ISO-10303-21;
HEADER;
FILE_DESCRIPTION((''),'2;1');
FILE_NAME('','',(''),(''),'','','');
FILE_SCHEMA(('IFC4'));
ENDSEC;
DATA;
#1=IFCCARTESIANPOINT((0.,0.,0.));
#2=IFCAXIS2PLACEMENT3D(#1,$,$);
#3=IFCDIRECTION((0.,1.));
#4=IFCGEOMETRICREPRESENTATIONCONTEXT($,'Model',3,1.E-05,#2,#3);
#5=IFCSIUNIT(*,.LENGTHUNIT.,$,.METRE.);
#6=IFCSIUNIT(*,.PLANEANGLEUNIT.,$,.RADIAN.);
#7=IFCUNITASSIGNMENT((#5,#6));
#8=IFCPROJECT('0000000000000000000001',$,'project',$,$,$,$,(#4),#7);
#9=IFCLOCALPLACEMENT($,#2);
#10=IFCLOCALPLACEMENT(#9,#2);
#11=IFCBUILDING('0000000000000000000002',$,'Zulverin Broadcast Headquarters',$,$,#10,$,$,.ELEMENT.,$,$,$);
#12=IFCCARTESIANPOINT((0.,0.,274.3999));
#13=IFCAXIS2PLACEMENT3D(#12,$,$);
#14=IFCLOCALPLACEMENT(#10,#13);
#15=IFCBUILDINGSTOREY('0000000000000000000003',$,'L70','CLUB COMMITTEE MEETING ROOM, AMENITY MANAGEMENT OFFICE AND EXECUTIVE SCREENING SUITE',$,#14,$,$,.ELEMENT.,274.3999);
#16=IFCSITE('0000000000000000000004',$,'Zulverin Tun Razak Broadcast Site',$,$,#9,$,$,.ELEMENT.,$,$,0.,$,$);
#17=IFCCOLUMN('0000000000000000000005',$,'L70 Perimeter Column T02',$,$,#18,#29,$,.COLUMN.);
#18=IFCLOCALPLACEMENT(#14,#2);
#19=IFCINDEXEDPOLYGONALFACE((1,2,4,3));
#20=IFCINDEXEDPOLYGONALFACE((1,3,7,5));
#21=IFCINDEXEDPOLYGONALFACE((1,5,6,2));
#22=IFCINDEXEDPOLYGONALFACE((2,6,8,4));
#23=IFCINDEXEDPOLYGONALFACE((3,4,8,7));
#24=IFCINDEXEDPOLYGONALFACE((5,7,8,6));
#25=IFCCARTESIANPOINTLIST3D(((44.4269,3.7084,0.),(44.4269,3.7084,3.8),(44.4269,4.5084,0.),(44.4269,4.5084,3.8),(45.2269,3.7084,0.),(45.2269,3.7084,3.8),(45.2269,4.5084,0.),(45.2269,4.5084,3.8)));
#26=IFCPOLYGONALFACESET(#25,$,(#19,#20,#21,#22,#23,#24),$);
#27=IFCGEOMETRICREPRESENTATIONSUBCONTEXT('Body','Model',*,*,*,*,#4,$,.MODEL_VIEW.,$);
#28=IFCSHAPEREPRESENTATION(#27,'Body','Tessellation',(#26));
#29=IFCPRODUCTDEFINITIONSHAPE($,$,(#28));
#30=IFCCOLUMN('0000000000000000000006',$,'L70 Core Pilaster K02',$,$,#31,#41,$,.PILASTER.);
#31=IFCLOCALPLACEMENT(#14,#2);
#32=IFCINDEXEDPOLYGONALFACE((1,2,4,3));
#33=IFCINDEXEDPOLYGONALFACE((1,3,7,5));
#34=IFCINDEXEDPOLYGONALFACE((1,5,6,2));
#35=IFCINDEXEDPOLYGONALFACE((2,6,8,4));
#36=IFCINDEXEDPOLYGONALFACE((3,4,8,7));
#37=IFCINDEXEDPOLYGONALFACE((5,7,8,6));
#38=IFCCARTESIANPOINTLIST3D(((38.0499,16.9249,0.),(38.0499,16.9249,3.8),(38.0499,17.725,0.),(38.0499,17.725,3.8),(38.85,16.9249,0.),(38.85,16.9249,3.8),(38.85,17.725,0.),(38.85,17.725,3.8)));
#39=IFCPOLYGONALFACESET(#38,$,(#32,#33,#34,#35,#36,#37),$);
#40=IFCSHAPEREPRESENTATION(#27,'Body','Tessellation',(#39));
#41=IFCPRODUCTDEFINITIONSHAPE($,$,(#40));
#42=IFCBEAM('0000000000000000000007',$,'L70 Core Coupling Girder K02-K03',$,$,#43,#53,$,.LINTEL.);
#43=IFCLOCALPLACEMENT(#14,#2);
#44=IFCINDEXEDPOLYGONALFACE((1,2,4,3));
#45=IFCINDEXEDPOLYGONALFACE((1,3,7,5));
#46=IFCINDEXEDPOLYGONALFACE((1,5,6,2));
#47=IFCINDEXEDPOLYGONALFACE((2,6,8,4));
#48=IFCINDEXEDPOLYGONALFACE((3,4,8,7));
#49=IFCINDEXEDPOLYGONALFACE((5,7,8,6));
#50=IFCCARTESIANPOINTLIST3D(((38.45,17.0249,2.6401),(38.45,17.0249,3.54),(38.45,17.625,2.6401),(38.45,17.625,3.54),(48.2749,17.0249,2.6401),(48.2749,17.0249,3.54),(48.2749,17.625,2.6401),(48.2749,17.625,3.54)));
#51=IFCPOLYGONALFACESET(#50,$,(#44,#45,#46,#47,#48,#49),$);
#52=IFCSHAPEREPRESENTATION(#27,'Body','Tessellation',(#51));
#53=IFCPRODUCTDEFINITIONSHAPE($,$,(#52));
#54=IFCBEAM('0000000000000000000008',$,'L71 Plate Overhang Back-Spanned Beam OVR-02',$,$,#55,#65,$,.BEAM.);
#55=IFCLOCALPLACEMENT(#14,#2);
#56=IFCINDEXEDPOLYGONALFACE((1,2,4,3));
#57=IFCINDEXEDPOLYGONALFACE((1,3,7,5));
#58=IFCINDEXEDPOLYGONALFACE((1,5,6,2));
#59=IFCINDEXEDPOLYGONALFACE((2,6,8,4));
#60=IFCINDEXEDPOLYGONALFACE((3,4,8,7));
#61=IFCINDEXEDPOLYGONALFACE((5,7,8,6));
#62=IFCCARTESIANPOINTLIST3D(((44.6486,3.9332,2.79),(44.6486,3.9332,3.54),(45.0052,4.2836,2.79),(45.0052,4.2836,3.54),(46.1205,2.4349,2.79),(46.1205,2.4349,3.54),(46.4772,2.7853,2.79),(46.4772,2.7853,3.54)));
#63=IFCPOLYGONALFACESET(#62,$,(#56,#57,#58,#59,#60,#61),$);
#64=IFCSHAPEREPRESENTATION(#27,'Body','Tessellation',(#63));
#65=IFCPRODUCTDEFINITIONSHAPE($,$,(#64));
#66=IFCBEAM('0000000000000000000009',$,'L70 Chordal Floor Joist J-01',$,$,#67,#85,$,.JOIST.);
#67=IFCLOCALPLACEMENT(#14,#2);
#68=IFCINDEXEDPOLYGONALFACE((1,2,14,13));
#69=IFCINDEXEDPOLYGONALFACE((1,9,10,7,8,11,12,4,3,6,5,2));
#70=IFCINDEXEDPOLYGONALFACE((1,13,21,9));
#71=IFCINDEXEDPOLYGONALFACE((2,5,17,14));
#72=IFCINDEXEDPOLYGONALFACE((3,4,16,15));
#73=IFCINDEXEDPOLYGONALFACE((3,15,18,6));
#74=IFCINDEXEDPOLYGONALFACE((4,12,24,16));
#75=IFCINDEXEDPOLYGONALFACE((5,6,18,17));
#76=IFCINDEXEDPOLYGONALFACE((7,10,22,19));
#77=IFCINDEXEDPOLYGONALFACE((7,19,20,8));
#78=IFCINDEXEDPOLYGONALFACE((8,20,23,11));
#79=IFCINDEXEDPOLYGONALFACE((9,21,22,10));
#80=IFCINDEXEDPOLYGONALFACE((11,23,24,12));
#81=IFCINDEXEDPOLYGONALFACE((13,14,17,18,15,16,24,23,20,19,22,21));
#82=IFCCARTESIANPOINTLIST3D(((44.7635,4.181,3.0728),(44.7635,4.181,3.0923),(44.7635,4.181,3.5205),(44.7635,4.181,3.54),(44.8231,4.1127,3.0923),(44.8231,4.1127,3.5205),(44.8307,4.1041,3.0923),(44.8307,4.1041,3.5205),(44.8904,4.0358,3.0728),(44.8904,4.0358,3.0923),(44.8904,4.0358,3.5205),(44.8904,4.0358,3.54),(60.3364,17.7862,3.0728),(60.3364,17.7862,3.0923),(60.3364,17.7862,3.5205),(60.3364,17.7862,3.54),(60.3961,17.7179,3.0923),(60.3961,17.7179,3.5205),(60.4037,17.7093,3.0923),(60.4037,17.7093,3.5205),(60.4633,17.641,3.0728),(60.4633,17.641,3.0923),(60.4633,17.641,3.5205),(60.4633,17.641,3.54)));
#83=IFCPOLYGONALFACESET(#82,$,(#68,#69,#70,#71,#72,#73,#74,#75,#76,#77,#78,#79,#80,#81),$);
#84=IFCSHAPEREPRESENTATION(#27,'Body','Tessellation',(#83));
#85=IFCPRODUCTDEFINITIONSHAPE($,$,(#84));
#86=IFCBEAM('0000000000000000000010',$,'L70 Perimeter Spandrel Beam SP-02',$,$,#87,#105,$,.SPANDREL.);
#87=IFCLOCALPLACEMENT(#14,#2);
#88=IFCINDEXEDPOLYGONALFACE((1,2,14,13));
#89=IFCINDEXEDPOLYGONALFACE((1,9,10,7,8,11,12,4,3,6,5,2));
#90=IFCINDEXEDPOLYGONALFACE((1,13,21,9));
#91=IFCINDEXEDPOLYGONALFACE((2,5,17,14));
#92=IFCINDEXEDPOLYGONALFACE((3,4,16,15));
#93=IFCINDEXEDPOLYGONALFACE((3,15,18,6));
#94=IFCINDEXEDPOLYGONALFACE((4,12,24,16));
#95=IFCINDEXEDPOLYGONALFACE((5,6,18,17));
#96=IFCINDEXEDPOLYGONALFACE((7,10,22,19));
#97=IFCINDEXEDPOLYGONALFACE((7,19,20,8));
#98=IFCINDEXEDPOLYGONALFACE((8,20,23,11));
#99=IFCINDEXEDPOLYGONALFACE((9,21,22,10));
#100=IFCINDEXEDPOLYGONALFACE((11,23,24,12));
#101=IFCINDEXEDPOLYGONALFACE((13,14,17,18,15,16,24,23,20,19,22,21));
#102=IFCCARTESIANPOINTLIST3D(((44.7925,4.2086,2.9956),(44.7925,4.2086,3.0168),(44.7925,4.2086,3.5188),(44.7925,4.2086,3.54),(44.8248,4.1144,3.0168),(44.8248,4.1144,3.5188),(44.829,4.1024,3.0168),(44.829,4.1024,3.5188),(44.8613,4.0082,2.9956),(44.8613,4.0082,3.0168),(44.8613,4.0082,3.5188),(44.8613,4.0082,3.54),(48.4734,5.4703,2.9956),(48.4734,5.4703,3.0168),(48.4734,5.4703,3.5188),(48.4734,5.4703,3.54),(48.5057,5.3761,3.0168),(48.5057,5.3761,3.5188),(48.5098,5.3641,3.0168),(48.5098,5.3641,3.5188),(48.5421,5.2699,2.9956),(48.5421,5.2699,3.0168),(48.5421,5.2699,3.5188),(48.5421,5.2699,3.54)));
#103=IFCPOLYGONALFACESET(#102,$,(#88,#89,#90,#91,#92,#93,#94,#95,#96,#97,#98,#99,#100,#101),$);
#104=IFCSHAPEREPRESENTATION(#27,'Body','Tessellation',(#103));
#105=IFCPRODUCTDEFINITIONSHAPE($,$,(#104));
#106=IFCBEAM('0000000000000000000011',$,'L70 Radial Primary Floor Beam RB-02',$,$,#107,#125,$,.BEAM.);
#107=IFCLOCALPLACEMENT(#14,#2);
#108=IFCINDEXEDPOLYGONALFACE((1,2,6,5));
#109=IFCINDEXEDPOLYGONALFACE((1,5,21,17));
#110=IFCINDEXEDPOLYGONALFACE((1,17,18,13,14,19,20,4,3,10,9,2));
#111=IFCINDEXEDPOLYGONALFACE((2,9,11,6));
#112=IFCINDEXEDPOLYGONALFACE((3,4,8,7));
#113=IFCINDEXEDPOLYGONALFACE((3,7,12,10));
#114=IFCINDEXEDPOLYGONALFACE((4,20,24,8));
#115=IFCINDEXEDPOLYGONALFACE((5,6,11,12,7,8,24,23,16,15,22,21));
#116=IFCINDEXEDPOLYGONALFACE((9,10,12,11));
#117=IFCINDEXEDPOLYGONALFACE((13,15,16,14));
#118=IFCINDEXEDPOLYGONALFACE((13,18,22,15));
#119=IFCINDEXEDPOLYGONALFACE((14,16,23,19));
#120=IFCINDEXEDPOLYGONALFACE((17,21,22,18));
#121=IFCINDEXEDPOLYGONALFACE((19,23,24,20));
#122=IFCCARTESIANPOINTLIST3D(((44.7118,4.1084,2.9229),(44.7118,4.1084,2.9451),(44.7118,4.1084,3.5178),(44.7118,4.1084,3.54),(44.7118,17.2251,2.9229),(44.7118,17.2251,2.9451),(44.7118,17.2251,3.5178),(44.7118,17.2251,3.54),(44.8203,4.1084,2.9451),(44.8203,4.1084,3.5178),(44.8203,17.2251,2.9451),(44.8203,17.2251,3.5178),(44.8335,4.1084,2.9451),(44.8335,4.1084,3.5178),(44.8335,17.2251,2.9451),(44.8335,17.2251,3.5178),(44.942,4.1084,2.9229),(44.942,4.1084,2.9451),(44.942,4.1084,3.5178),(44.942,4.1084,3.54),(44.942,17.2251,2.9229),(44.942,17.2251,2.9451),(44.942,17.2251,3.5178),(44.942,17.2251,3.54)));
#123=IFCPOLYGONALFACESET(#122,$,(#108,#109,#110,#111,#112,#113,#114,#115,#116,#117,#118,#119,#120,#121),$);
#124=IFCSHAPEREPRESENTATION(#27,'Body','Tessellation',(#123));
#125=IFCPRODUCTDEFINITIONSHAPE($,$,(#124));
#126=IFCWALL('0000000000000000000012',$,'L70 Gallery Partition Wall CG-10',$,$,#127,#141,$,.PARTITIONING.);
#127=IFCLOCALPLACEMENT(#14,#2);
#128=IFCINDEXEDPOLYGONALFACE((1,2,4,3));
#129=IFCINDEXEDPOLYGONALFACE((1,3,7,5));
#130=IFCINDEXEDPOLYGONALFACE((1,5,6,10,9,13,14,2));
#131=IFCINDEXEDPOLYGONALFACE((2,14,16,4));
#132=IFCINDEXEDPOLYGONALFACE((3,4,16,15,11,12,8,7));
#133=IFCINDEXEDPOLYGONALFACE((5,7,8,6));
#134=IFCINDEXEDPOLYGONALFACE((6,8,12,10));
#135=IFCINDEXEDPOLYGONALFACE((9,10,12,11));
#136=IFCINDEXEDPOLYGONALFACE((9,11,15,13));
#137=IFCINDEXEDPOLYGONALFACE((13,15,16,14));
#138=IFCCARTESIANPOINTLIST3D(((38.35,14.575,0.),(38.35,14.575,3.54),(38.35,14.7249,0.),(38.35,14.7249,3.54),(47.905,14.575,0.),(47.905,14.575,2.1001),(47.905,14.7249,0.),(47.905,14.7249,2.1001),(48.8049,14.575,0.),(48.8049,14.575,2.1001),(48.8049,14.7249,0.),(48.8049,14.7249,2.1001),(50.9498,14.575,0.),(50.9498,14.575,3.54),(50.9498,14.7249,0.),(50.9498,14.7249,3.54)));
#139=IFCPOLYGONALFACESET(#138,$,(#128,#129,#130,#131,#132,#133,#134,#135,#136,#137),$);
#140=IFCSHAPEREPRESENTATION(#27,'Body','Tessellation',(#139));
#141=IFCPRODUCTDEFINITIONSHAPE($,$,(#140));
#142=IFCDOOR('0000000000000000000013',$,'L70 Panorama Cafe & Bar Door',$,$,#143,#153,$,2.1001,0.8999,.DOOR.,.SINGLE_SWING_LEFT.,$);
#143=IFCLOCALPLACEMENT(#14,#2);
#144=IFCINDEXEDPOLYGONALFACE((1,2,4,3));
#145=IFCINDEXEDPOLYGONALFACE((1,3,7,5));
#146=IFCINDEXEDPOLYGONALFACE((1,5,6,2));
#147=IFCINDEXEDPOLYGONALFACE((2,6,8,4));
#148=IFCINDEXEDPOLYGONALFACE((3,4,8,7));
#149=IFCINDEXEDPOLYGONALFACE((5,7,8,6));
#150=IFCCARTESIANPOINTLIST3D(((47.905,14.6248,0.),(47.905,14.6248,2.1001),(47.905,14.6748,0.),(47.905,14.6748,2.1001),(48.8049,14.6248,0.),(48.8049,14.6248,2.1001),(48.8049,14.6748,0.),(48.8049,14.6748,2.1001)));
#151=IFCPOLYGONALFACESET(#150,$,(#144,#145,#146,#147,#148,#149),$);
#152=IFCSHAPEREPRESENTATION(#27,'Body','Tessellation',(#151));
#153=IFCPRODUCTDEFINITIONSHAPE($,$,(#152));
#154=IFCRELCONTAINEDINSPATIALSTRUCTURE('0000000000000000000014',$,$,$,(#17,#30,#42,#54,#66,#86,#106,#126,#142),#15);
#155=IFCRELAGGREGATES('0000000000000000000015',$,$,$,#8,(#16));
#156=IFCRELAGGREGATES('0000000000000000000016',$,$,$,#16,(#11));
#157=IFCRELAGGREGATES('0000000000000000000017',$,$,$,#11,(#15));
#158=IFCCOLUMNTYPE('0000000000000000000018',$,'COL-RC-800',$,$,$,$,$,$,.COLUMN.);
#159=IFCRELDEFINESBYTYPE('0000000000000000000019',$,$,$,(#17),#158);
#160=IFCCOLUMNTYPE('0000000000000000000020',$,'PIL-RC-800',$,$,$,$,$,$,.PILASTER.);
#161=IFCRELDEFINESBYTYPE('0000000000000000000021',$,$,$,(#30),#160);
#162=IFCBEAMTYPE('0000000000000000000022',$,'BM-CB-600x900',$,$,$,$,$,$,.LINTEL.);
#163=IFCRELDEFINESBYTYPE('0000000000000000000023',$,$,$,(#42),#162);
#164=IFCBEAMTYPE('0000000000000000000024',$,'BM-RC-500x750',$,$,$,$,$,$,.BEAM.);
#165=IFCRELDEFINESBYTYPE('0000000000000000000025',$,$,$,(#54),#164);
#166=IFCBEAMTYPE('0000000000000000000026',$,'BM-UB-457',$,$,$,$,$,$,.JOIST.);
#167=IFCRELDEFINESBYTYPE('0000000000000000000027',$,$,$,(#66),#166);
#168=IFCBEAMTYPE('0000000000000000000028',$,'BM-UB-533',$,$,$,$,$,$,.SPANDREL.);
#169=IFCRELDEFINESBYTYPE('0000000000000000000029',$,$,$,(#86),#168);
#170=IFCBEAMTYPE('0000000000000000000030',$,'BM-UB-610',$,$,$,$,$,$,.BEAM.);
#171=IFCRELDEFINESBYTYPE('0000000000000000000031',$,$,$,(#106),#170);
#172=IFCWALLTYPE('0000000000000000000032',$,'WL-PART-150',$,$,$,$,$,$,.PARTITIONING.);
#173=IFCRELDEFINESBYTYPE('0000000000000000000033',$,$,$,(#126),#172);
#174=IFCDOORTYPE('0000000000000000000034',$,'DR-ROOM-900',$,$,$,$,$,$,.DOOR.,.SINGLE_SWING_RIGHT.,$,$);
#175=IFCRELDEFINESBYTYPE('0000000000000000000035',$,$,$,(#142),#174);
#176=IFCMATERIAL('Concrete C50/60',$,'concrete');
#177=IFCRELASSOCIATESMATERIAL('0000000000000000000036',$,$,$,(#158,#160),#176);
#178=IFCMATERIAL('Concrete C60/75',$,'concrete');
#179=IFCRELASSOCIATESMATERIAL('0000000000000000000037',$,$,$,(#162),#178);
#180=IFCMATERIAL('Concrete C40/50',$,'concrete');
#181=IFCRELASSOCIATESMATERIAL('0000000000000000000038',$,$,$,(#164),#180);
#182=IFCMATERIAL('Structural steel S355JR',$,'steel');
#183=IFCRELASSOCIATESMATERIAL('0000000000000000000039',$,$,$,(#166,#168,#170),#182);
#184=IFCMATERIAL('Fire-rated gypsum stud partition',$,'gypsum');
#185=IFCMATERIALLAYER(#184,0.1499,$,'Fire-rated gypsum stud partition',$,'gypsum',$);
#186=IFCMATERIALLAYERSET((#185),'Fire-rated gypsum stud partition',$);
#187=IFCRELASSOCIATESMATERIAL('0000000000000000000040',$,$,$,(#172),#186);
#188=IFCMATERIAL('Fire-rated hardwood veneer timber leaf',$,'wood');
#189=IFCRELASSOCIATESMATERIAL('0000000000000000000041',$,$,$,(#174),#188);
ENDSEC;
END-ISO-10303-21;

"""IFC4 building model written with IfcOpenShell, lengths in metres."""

from ifc_helpers import new_model, si_unit, direction, frame, frame_2d, origin, origin_2d, place, context, subcontext, project, spatial, rectangle, i_section, extrude, material, layer, layer_set, material_profile, profile_set, type_object, element, fill, save


model = new_model("IFC4")

# Units and contexts
model_context = context("Model", 3, precision=1e-05, world=origin(), true_north=direction((0.0, 1.0)))
body_context = subcontext(model_context, "Body", "Model", "MODEL_VIEW")
ifc_project = project(units=[si_unit("LENGTHUNIT", "METRE"), si_unit("PLANEANGLEUNIT", "RADIAN")], contexts=[model_context])

# Site, building, storey
site_placement = place(None, origin())
site = spatial("IfcSite", under=ifc_project, at=site_placement, Name="Zulverin Tun Razak Broadcast Site", CompositionType="ELEMENT", RefElevation=0.0)
building_placement = place(site_placement, origin())
building = spatial("IfcBuilding", under=site, at=building_placement, Name="Zulverin Broadcast Headquarters", CompositionType="ELEMENT")
storey_placement = place(building_placement, frame((0.0, 0.0, 274.3999)))
storey = spatial("IfcBuildingStorey", under=building, at=storey_placement, Name="L70", Description="CLUB COMMITTEE MEETING ROOM, AMENITY MANAGEMENT OFFICE AND EXECUTIVE SCREENING SUITE", CompositionType="ELEMENT", Elevation=274.3999)

# Columns
ifc_material_1 = material(Name="Concrete C50/60", Category="concrete")
ifc_material_profile_1 = material_profile(ifc_material_1, rectangle(XDim=0.8, YDim=0.8, at=origin_2d()), Name="Concrete C50/60", Category="concrete")
ifc_profile_set_1 = profile_set([ifc_material_profile_1], Name="Concrete C50/60")
column_type_1 = type_object("IfcColumnType", Name="COL-RC-800", PredefinedType="COLUMN", material=ifc_profile_set_1)
column_1_placement = place(storey_placement, frame((44.8269, 4.1084, 0.0), z_axis=(0.0, 0.0, 1.0), x_axis=(1.0, 0.0, 0.0)))
element("IfcColumn", 1, at=column_1_placement, inside=storey, type_object=column_type_1, Name="L70 Perimeter Column T02", PredefinedType="COLUMN", context=body_context, shape_type="SweptSolid", body=[
    extrude(rectangle(XDim=0.8, YDim=0.8, at=origin_2d()), origin(), (0.0, 0.0, 1.0), 3.8),
])
ifc_material_profile_2 = material_profile(ifc_material_1, rectangle(XDim=0.8, YDim=0.8, at=origin_2d()), Name="Concrete C50/60", Category="concrete")
ifc_profile_set_2 = profile_set([ifc_material_profile_2], Name="Concrete C50/60")
column_type_2 = type_object("IfcColumnType", Name="PIL-RC-800", PredefinedType="PILASTER", material=ifc_profile_set_2)
column_2_placement = place(storey_placement, frame((38.45, 17.325, 0.0), z_axis=(0.0, 0.0, 1.0), x_axis=(1.0, 0.0, 0.0)))
element("IfcColumn", 2, at=column_2_placement, inside=storey, type_object=column_type_2, Name="L70 Core Pilaster K02", PredefinedType="PILASTER", context=body_context, shape_type="SweptSolid", body=[
    extrude(rectangle(XDim=0.8, YDim=0.8, at=origin_2d()), origin(), (0.0, 0.0, 1.0), 3.8),
])

# Beams
ifc_material_2 = material(Name="Concrete C60/75", Category="concrete")
ifc_material_profile_3 = material_profile(ifc_material_2, rectangle(XDim=0.6001, YDim=0.8999, at=origin_2d()), Name="Concrete C60/75", Category="concrete")
ifc_profile_set_3 = profile_set([ifc_material_profile_3], Name="Concrete C60/75")
beam_type_1 = type_object("IfcBeamType", Name="BM-CB-600x900", PredefinedType="LINTEL", material=ifc_profile_set_3)
beam_1_placement = place(storey_placement, frame((38.45, 17.325, 3.0901), z_axis=(1.0, 0.0, 0.0), x_axis=(0.0, 1.0, 0.0)))
element("IfcBeam", 3, at=beam_1_placement, inside=storey, type_object=beam_type_1, Name="L70 Core Coupling Girder K02-K03", PredefinedType="LINTEL", context=body_context, shape_type="SweptSolid", body=[
    extrude(rectangle(XDim=0.6001, YDim=0.8999, at=origin_2d()), origin(), (0.0, 0.0, 1.0), 9.825),
])
ifc_material_3 = material(Name="Concrete C40/50", Category="concrete")
ifc_material_profile_4 = material_profile(ifc_material_3, rectangle(XDim=0.5, YDim=0.75, at=origin_2d()), Name="Concrete C40/50", Category="concrete")
ifc_profile_set_4 = profile_set([ifc_material_profile_4], Name="Concrete C40/50")
beam_type_2 = type_object("IfcBeamType", Name="BM-RC-500x750", PredefinedType="BEAM", material=ifc_profile_set_4)
beam_2_placement = place(storey_placement, frame((44.8269, 4.1084, 3.165), z_axis=(0.700802, -0.713356, 0.0), x_axis=(0.713356, 0.700802, 0.0)))
element("IfcBeam", 4, at=beam_2_placement, inside=storey, type_object=beam_type_2, Name="L71 Plate Overhang Back-Spanned Beam OVR-02", PredefinedType="BEAM", context=body_context, shape_type="SweptSolid", body=[
    extrude(rectangle(XDim=0.5, YDim=0.75, at=origin_2d()), origin(), (0.0, 0.0, 1.0), 2.1003),
])
ifc_material_4 = material(Name="Structural steel S355JR", Category="steel")
ifc_material_profile_5 = material_profile(ifc_material_4, i_section(OverallWidth=0.1929, OverallDepth=0.4673, WebThickness=0.0115, FlangeThickness=0.0195, at=origin_2d()), Name="Structural steel S355JR", Category="steel")
ifc_profile_set_5 = profile_set([ifc_material_profile_5], Name="Structural steel S355JR")
beam_type_3 = type_object("IfcBeamType", Name="BM-UB-457", PredefinedType="JOIST", material=ifc_profile_set_5)
beam_3_placement = place(storey_placement, frame((44.8269, 4.1084, 3.3064), z_axis=(0.753083, 0.657925, 0.0), x_axis=(-0.657925, 0.753083, 0.0)))
element("IfcBeam", 5, at=beam_3_placement, inside=storey, type_object=beam_type_3, Name="L70 Chordal Floor Joist J-01", PredefinedType="JOIST", context=body_context, shape_type="SweptSolid", body=[
    extrude(i_section(OverallWidth=0.1929, OverallDepth=0.4673, WebThickness=0.0115, FlangeThickness=0.0195, at=origin_2d()), origin(), (0.0, 0.0, 1.0), 20.679),
])
ifc_material_profile_6 = material_profile(ifc_material_4, i_section(OverallWidth=0.2119, OverallDepth=0.5444, WebThickness=0.0127, FlangeThickness=0.0212, at=origin_2d()), Name="Structural steel S355JR", Category="steel")
ifc_profile_set_6 = profile_set([ifc_material_profile_6], Name="Structural steel S355JR")
beam_type_4 = type_object("IfcBeamType", Name="BM-UB-533", PredefinedType="SPANDREL", material=ifc_profile_set_6)
beam_4_placement = place(storey_placement, frame((44.8269, 4.1084, 3.2678), z_axis=(0.94597, 0.324254, 0.0), x_axis=(-0.324254, 0.94597, 0.0)))
element("IfcBeam", 6, at=beam_4_placement, inside=storey, type_object=beam_type_4, Name="L70 Perimeter Spandrel Beam SP-02", PredefinedType="SPANDREL", context=body_context, shape_type="SweptSolid", body=[
    extrude(i_section(OverallWidth=0.2119, OverallDepth=0.5444, WebThickness=0.0127, FlangeThickness=0.0212, at=origin_2d()), origin(), (0.0, 0.0, 1.0), 3.8911),
])
ifc_material_profile_7 = material_profile(ifc_material_4, i_section(OverallWidth=0.2302, OverallDepth=0.6172, WebThickness=0.0132, FlangeThickness=0.0222, at=origin_2d()), Name="Structural steel S355JR", Category="steel")
ifc_profile_set_7 = profile_set([ifc_material_profile_7], Name="Structural steel S355JR")
beam_type_5 = type_object("IfcBeamType", Name="BM-UB-610", PredefinedType="BEAM", material=ifc_profile_set_7)
beam_5_placement = place(storey_placement, frame((44.8269, 17.2251, 3.2314), z_axis=(0.0, -1.0, 0.0), x_axis=(1.0, 0.0, 0.0)))
element("IfcBeam", 7, at=beam_5_placement, inside=storey, type_object=beam_type_5, Name="L70 Radial Primary Floor Beam RB-02", PredefinedType="BEAM", context=body_context, shape_type="SweptSolid", body=[
    extrude(i_section(OverallWidth=0.2302, OverallDepth=0.6172, WebThickness=0.0132, FlangeThickness=0.0222, at=origin_2d()), origin(), (0.0, 0.0, 1.0), 13.1167),
])

# Wall, opening, door
ifc_material_5 = material(Name="Fire-rated gypsum stud partition", Category="gypsum")
ifc_layer_1 = layer(ifc_material_5, 0.1499, Name="Fire-rated gypsum stud partition", Category="gypsum")
ifc_layer_set_1 = layer_set([ifc_layer_1], Name="Fire-rated gypsum stud partition")
wall_type_1 = type_object("IfcWallType", Name="WL-PART-150", PredefinedType="PARTITIONING", material=ifc_layer_set_1)
wall_1_placement = place(storey_placement, frame((38.3501, 14.6499, 0.0), z_axis=(0.0, 0.0, 1.0), x_axis=(1.0, 0.0, 0.0)))
wall_1 = element("IfcWall", 8, at=wall_1_placement, inside=storey, type_object=wall_type_1, Name="L70 Gallery Partition Wall CG-10", PredefinedType="PARTITIONING", context=body_context, shape_type="SweptSolid", body=[
    extrude(rectangle(XDim=12.5999, YDim=0.1499, at=frame_2d((6.2998, 0.0))), origin(), (0.0, 0.0, 1.0), 3.54),
])
opening_1_placement = place(wall_1_placement, frame((9.5549, 0.0, 0.0)))
opening_1 = element("IfcOpeningElement", 9, at=opening_1_placement, cuts=wall_1, PredefinedType="OPENING", context=body_context, shape_type="SweptSolid", body=[
    extrude(rectangle(XDim=0.8999, YDim=2.1001, at=frame_2d((0.45, 1.05))), frame((0.0, 0.085, 0.0), z_axis=(0.0, -1.0, 0.0), x_axis=(1.0, 0.0, 0.0)), (0.0, 0.0, 1.0), 0.1699),
])
ifc_material_6 = material(Name="Fire-rated hardwood veneer timber leaf", Category="wood")
door_type_1 = type_object("IfcDoorType", Name="DR-ROOM-900", OperationType="SINGLE_SWING_RIGHT", PredefinedType="DOOR", material=ifc_material_6)
door_1_placement = place(opening_1_placement, origin())
door_1 = element("IfcDoor", 10, at=door_1_placement, inside=storey, type_object=door_type_1, Name="L70 Panorama Cafe & Bar Door", OperationType="SINGLE_SWING_LEFT", OverallHeight=2.1001, OverallWidth=0.8999, PredefinedType="DOOR", context=body_context, shape_type="SweptSolid", body=[
    extrude(rectangle(XDim=0.8999, YDim=2.1001, at=frame_2d((0.45, 1.05))), frame((0.0, 0.0249, 0.0), z_axis=(0.0, -1.0, 0.0), x_axis=(1.0, 0.0, 0.0)), (0.0, 0.0, 1.0), 0.05),
])
fill(opening_1, door_1)

save(model, "model.ifc")
